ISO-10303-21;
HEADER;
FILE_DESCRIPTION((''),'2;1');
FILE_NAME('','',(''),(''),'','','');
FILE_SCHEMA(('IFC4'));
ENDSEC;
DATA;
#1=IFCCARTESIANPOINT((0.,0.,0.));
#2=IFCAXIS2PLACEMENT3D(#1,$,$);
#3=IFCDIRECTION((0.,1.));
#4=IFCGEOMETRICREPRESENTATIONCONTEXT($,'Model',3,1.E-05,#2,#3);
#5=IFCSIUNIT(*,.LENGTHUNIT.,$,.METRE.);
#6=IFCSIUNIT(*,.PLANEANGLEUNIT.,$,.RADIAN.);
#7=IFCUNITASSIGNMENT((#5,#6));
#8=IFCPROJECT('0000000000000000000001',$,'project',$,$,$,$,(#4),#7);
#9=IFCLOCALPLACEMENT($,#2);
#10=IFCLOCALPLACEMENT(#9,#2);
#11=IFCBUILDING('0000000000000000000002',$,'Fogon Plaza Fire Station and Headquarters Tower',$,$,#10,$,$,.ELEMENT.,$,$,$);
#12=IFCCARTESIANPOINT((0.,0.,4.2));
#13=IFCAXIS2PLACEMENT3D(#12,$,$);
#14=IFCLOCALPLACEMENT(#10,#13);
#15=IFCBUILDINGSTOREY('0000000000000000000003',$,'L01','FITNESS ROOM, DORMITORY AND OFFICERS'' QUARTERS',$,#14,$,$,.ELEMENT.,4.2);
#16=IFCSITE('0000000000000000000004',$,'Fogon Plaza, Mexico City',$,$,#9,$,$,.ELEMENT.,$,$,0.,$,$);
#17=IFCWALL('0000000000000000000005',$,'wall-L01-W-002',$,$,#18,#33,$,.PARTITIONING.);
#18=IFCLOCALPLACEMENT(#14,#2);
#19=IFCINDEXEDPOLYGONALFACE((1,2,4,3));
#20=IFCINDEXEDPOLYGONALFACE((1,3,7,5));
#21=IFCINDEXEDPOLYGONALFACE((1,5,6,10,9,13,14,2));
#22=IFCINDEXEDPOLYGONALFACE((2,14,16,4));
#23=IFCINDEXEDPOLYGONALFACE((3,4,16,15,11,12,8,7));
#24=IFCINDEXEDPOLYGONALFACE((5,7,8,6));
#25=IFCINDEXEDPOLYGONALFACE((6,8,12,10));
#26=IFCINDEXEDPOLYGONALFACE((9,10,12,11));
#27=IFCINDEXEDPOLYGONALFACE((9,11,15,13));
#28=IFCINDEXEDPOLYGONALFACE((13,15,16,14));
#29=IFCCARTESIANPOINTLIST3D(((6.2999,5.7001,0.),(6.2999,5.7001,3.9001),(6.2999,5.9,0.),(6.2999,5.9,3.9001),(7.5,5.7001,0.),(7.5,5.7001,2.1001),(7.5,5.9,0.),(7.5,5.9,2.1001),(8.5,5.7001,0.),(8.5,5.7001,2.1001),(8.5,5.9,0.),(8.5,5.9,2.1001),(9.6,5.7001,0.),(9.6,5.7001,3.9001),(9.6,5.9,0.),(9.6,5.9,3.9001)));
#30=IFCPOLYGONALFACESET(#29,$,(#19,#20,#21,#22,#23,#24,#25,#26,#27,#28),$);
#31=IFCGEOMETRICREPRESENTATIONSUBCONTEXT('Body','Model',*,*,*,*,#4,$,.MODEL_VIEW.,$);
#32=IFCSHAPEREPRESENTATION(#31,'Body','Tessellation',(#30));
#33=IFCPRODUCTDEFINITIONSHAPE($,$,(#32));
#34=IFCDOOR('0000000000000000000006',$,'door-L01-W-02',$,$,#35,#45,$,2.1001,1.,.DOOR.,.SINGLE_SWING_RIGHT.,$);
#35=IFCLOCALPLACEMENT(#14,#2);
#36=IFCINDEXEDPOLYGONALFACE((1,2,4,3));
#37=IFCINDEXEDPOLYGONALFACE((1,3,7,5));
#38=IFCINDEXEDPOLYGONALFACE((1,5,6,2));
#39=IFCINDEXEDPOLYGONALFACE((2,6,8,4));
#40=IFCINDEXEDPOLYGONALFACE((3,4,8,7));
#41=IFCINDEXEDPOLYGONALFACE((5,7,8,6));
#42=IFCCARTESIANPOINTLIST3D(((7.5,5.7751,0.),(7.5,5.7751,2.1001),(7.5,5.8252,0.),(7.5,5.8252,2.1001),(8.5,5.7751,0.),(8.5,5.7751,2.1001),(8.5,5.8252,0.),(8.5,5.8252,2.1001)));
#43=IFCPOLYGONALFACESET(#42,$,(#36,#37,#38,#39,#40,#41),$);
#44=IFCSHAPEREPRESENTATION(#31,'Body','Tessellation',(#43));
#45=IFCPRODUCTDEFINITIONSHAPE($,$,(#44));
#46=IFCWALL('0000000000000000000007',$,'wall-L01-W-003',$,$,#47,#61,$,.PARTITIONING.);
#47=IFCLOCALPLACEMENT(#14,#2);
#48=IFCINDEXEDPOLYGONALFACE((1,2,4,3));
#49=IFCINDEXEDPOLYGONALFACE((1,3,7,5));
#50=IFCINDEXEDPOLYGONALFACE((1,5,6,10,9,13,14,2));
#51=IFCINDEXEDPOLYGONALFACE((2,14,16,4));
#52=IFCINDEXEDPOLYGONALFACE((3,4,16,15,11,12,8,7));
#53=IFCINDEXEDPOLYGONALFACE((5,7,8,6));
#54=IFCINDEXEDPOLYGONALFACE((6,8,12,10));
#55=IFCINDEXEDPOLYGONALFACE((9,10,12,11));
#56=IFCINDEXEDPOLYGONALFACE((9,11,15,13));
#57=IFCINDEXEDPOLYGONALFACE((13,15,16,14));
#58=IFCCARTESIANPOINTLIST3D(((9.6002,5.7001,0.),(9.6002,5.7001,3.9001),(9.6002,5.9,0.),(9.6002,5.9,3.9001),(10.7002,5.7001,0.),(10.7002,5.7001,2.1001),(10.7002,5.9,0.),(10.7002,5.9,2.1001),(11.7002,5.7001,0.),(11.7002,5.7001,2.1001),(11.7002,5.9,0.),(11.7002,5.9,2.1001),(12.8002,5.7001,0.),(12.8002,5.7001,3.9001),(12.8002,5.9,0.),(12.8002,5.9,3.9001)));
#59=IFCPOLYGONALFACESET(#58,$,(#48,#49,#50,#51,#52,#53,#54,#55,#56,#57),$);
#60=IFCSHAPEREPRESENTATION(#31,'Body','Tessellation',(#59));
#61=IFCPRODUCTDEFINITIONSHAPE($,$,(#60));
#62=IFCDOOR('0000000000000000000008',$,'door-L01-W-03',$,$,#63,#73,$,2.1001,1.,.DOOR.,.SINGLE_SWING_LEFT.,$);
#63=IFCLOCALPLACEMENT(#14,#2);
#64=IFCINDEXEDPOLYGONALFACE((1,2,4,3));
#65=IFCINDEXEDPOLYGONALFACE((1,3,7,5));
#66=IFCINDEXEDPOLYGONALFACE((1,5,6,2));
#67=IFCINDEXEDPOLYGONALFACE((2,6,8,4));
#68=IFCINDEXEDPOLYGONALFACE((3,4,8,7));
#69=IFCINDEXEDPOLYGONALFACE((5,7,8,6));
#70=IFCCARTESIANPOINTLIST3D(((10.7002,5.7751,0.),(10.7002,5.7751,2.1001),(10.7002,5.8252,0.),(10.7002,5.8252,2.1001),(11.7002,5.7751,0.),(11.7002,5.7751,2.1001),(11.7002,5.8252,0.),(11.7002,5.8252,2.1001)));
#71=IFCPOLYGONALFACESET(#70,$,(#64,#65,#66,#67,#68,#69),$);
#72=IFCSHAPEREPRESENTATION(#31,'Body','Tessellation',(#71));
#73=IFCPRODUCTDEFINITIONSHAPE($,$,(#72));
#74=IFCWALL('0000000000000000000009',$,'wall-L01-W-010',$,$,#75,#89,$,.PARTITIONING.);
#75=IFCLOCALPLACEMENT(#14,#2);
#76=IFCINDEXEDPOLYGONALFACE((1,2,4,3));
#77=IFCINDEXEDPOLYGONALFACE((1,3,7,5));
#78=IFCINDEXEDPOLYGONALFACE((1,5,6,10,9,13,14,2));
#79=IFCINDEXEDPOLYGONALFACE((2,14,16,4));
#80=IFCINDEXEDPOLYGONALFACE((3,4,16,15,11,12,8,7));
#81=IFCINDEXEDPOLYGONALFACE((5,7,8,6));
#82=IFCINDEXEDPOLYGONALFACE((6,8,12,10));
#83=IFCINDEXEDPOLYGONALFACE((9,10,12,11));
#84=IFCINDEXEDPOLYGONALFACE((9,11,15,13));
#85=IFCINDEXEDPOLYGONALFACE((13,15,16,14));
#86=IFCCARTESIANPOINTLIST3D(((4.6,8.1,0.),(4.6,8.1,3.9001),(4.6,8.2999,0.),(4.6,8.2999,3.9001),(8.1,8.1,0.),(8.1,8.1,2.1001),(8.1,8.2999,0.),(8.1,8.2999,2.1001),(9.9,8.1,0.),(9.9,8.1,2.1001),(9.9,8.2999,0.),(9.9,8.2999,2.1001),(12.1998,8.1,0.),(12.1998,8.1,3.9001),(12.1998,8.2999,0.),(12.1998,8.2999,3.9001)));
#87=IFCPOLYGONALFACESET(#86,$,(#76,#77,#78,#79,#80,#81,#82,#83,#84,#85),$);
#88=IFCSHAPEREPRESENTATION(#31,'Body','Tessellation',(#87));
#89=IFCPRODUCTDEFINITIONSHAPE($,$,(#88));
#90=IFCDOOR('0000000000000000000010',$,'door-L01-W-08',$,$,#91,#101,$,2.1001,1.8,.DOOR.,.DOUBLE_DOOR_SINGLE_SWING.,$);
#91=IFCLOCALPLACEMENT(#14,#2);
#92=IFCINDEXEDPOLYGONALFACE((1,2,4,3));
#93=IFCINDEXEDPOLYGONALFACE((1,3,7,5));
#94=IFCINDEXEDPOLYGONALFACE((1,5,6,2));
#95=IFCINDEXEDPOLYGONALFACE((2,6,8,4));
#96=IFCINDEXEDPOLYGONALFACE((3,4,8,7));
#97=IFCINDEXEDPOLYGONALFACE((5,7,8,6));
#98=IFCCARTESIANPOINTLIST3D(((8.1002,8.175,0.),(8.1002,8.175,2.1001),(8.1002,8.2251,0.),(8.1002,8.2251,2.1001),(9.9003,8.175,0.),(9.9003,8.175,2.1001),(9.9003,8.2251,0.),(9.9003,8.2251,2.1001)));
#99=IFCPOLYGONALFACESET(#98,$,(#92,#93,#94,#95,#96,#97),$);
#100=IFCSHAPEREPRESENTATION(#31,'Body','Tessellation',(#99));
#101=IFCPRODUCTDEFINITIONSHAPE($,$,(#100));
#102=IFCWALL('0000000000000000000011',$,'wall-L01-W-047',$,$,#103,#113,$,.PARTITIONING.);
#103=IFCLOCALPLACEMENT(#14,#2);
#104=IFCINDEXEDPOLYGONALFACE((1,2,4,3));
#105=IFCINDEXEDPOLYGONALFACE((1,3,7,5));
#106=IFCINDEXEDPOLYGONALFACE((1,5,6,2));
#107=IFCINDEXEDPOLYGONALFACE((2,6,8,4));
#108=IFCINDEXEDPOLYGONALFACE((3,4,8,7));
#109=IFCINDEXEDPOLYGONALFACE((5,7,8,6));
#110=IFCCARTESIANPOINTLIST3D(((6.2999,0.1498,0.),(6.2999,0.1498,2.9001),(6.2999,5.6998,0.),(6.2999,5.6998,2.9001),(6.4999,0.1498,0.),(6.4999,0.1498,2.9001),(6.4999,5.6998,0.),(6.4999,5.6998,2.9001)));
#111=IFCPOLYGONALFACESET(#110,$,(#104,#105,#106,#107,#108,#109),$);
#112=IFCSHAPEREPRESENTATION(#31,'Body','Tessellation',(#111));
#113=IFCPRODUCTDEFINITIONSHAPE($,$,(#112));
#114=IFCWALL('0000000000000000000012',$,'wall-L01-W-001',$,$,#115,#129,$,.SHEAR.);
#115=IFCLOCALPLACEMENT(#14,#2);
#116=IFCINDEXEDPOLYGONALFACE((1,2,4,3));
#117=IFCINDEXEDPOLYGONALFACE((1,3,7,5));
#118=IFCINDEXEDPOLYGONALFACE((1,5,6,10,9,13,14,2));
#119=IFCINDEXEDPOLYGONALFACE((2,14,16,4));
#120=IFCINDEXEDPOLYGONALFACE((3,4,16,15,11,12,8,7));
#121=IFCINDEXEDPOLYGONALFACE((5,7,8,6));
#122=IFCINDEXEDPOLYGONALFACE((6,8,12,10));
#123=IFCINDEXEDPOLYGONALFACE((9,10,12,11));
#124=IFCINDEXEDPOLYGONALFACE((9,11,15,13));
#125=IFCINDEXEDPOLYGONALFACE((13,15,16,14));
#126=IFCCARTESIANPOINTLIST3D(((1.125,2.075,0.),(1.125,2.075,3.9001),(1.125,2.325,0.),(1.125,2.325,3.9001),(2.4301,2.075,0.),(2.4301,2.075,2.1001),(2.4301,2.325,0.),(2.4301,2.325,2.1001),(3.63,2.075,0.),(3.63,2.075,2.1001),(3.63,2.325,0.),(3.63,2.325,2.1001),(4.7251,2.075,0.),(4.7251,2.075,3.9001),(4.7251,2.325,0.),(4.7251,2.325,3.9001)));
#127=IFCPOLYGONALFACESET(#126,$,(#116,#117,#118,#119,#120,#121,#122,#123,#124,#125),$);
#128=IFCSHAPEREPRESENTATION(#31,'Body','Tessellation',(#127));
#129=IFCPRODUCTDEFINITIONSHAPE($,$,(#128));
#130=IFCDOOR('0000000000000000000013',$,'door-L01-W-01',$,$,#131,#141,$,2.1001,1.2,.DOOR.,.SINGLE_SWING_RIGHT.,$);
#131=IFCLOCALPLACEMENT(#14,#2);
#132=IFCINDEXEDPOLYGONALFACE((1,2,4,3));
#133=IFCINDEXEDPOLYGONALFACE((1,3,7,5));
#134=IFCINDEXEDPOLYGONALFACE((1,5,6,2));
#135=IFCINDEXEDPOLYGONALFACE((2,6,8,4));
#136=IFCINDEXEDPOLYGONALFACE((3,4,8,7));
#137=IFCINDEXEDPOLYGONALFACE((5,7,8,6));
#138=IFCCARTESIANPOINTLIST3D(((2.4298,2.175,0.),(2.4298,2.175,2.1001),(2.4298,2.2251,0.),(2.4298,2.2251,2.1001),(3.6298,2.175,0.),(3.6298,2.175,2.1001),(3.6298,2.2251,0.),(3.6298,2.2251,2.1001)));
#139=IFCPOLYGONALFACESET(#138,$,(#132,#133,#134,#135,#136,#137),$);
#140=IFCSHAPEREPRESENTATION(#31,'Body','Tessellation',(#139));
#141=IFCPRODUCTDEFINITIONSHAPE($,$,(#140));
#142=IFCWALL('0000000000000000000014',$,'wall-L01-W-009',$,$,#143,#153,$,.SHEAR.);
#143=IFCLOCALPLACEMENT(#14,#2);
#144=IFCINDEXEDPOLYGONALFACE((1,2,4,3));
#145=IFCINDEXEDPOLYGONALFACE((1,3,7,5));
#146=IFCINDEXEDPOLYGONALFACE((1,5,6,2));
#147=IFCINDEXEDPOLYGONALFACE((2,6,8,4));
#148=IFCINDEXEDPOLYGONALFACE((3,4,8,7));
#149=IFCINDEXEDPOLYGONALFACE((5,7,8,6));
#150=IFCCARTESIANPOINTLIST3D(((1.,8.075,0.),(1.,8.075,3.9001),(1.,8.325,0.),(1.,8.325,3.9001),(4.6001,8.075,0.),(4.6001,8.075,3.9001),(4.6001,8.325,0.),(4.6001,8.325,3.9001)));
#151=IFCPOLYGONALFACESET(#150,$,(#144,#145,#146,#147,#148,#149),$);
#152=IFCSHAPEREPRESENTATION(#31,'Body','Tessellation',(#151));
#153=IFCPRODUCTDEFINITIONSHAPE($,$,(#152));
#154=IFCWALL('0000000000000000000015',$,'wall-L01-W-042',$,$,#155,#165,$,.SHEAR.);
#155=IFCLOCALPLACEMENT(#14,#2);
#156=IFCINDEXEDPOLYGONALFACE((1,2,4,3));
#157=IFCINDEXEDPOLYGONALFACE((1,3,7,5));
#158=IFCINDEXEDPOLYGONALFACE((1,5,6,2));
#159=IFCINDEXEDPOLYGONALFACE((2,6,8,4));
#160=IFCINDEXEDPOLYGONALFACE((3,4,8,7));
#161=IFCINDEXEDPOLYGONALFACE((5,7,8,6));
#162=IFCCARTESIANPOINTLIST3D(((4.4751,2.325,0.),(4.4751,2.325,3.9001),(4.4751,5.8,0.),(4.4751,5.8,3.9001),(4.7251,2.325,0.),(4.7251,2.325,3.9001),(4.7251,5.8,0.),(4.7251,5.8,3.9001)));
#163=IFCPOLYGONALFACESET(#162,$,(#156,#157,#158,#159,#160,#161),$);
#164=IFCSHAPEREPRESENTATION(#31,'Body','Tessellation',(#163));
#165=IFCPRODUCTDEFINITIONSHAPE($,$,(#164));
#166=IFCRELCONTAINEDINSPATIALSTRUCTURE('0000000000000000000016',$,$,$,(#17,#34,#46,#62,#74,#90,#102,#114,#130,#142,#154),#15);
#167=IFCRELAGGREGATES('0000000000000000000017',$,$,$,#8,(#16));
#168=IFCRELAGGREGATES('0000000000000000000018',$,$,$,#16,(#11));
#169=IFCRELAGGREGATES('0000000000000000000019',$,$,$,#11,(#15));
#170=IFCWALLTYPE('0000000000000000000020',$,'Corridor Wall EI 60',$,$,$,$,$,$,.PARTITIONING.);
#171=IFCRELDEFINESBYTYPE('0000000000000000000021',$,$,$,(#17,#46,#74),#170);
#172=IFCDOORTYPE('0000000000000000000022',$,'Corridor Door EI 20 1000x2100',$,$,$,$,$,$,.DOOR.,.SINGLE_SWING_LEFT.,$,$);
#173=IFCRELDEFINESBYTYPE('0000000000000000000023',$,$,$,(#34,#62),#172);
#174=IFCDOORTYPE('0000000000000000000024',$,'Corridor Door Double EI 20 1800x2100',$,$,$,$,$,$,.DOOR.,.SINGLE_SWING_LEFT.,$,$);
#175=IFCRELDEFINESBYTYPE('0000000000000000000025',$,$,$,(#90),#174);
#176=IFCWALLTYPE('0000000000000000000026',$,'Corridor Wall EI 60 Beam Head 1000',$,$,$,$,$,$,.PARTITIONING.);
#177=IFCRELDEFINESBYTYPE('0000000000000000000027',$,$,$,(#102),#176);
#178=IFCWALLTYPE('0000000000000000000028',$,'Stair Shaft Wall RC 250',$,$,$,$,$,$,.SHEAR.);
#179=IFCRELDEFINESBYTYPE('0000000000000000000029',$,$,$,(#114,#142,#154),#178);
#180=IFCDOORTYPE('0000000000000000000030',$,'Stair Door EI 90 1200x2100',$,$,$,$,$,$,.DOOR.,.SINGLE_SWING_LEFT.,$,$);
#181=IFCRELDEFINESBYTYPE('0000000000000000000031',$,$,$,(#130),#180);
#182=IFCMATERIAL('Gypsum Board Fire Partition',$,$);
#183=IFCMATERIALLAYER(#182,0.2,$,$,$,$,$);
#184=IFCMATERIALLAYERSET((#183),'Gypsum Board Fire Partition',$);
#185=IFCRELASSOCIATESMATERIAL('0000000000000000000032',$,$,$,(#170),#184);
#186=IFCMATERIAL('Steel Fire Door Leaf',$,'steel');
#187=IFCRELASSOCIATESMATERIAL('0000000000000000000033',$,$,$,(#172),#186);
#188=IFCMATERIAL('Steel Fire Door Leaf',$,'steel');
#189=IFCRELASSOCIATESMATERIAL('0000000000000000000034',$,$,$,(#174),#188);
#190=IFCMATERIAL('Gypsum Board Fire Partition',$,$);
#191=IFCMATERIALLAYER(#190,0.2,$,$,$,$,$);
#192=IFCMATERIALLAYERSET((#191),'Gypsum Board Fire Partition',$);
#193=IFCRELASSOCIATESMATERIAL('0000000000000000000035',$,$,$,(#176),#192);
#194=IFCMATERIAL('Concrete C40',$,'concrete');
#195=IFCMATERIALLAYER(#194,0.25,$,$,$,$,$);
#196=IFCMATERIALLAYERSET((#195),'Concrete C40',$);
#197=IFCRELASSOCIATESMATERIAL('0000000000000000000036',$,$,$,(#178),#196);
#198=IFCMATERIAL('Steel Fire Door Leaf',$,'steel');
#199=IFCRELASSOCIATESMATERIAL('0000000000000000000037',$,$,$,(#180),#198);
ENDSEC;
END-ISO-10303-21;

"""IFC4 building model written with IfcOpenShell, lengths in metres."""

from ifc_helpers import new_model, si_unit, direction, frame, frame_2d, origin, place, context, subcontext, project, spatial, rectangle, extrude, material, layer, layer_set, type_object, element, fill, save


model = new_model("IFC4")

# Units and contexts
model_context = context("Model", 3, precision=1e-05, world=origin(), true_north=direction((0.0, 1.0)))
body_context = subcontext(model_context, "Body", "Model", "MODEL_VIEW")
ifc_project = project(units=[si_unit("LENGTHUNIT", "METRE"), si_unit("PLANEANGLEUNIT", "RADIAN")], contexts=[model_context])

# Site, building, storey
site_placement = place(None, origin())
site = spatial("IfcSite", under=ifc_project, at=site_placement, Name="Fogon Plaza, Mexico City", CompositionType="ELEMENT", RefElevation=0.0)
building_placement = place(site_placement, origin())
building = spatial("IfcBuilding", under=site, at=building_placement, Name="Fogon Plaza Fire Station and Headquarters Tower", CompositionType="ELEMENT")
storey_placement = place(building_placement, frame((0.0, 0.0, 4.2)))
storey = spatial("IfcBuildingStorey", under=building, at=storey_placement, Name="L01", Description="FITNESS ROOM, DORMITORY AND OFFICERS' QUARTERS", CompositionType="ELEMENT", Elevation=4.2)

# Walls, openings, doors
ifc_material_1 = material(Name="Gypsum Board Fire Partition")
ifc_layer_1 = layer(ifc_material_1, 0.2)
ifc_layer_set_1 = layer_set([ifc_layer_1], Name="Gypsum Board Fire Partition")
wall_type_1 = type_object("IfcWallType", Name="Corridor Wall EI 60", PredefinedType="PARTITIONING", material=ifc_layer_set_1)
wall_1_placement = place(storey_placement, frame((6.3, 5.8, 0.0), z_axis=(0.0, 0.0, 1.0), x_axis=(1.0, 0.0, 0.0)))
wall_1 = element("IfcWall", 1, at=wall_1_placement, inside=storey, type_object=wall_type_1, Name="wall-L01-W-002", PredefinedType="PARTITIONING", context=body_context, shape_type="SweptSolid", body=[
    extrude(rectangle(XDim=3.3, YDim=0.2, at=frame_2d((1.6499, 0.0))), origin(), (0.0, 0.0, 1.0), 3.9001),
])
opening_1_placement = place(wall_1_placement, frame((1.2, 0.0, 0.0)))
opening_1 = element("IfcOpeningElement", 2, at=opening_1_placement, cuts=wall_1, PredefinedType="OPENING", context=body_context, shape_type="SweptSolid", body=[
    extrude(rectangle(XDim=1.0, YDim=2.1001, at=frame_2d((0.5, 1.05))), frame((0.0, 0.1099, 0.0), z_axis=(0.0, -1.0, 0.0), x_axis=(1.0, 0.0, 0.0)), (0.0, 0.0, 1.0), 0.22),
])
ifc_material_2 = material(Name="Steel Fire Door Leaf", Category="steel")
door_type_1 = type_object("IfcDoorType", Name="Corridor Door EI 20 1000x2100", OperationType="SINGLE_SWING_LEFT", PredefinedType="DOOR", material=ifc_material_2)
door_1_placement = place(opening_1_placement, frame((1.0, 0.0, 0.0), z_axis=(0.0, 0.0, 1.0), x_axis=(-1.0, 0.0, 0.0)))
door_1 = element("IfcDoor", 3, at=door_1_placement, inside=storey, type_object=door_type_1, Name="door-L01-W-02", OperationType="SINGLE_SWING_RIGHT", OverallHeight=2.1001, OverallWidth=1.0, PredefinedType="DOOR", context=body_context, shape_type="SweptSolid", body=[
    extrude(rectangle(XDim=1.0, YDim=2.1001, at=frame_2d((0.5, 1.05))), frame((0.0, 0.0249, 0.0), z_axis=(0.0, -1.0, 0.0), x_axis=(1.0, 0.0, 0.0)), (0.0, 0.0, 1.0), 0.05),
])
fill(opening_1, door_1)
wall_2_placement = place(storey_placement, frame((9.6001, 5.8, 0.0), z_axis=(0.0, 0.0, 1.0), x_axis=(1.0, 0.0, 0.0)))
wall_2 = element("IfcWall", 4, at=wall_2_placement, inside=storey, type_object=wall_type_1, Name="wall-L01-W-003", PredefinedType="PARTITIONING", context=body_context, shape_type="SweptSolid", body=[
    extrude(rectangle(XDim=3.2, YDim=0.2, at=frame_2d((1.6001, 0.0))), origin(), (0.0, 0.0, 1.0), 3.9001),
])
opening_2_placement = place(wall_2_placement, frame((1.1001, 0.0, 0.0)))
opening_2 = element("IfcOpeningElement", 5, at=opening_2_placement, cuts=wall_2, PredefinedType="OPENING", context=body_context, shape_type="SweptSolid", body=[
    extrude(rectangle(XDim=1.0, YDim=2.1001, at=frame_2d((0.5, 1.05))), frame((0.0, 0.1099, 0.0), z_axis=(0.0, -1.0, 0.0), x_axis=(1.0, 0.0, 0.0)), (0.0, 0.0, 1.0), 0.22),
])
door_2_placement = place(opening_2_placement, frame((1.0, 0.0, 0.0), z_axis=(0.0, 0.0, 1.0), x_axis=(-1.0, 0.0, 0.0)))
door_2 = element("IfcDoor", 6, at=door_2_placement, inside=storey, type_object=door_type_1, Name="door-L01-W-03", OperationType="SINGLE_SWING_LEFT", OverallHeight=2.1001, OverallWidth=1.0, PredefinedType="DOOR", context=body_context, shape_type="SweptSolid", body=[
    extrude(rectangle(XDim=1.0, YDim=2.1001, at=frame_2d((0.5, 1.05))), frame((0.0, 0.0249, 0.0), z_axis=(0.0, -1.0, 0.0), x_axis=(1.0, 0.0, 0.0)), (0.0, 0.0, 1.0), 0.05),
])
fill(opening_2, door_2)
wall_3_placement = place(storey_placement, frame((4.6001, 8.2, 0.0), z_axis=(0.0, 0.0, 1.0), x_axis=(1.0, 0.0, 0.0)))
wall_3 = element("IfcWall", 7, at=wall_3_placement, inside=storey, type_object=wall_type_1, Name="wall-L01-W-010", PredefinedType="PARTITIONING", context=body_context, shape_type="SweptSolid", body=[
    extrude(rectangle(XDim=7.5999, YDim=0.2, at=frame_2d((3.7998, 0.0))), origin(), (0.0, 0.0, 1.0), 3.9001),
])
opening_3_placement = place(wall_3_placement, frame((3.5, 0.0, 0.0)))
opening_3 = element("IfcOpeningElement", 8, at=opening_3_placement, cuts=wall_3, PredefinedType="OPENING", context=body_context, shape_type="SweptSolid", body=[
    extrude(rectangle(XDim=1.8, YDim=2.1001, at=frame_2d((0.8999, 1.05))), frame((0.0, 0.1099, 0.0), z_axis=(0.0, -1.0, 0.0), x_axis=(1.0, 0.0, 0.0)), (0.0, 0.0, 1.0), 0.22),
])
ifc_material_3 = material(Name="Steel Fire Door Leaf", Category="steel")
door_type_2 = type_object("IfcDoorType", Name="Corridor Door Double EI 20 1800x2100", OperationType="SINGLE_SWING_LEFT", PredefinedType="DOOR", material=ifc_material_3)
door_3_placement = place(opening_3_placement, frame((1.8, 0.0, 0.0), z_axis=(0.0, 0.0, 1.0), x_axis=(-1.0, 0.0, 0.0)))
door_3 = element("IfcDoor", 9, at=door_3_placement, inside=storey, type_object=door_type_2, Name="door-L01-W-08", OperationType="DOUBLE_DOOR_SINGLE_SWING", OverallHeight=2.1001, OverallWidth=1.8, PredefinedType="DOOR", context=body_context, shape_type="SweptSolid", body=[
    extrude(rectangle(XDim=1.8, YDim=2.1001, at=frame_2d((0.8999, 1.05))), frame((0.0, 0.0249, 0.0), z_axis=(0.0, -1.0, 0.0), x_axis=(1.0, 0.0, 0.0)), (0.0, 0.0, 1.0), 0.05),
])
fill(opening_3, door_3)

# Wall
ifc_material_4 = material(Name="Gypsum Board Fire Partition")
ifc_layer_2 = layer(ifc_material_4, 0.2)
ifc_layer_set_2 = layer_set([ifc_layer_2], Name="Gypsum Board Fire Partition")
wall_type_2 = type_object("IfcWallType", Name="Corridor Wall EI 60 Beam Head 1000", PredefinedType="PARTITIONING", material=ifc_layer_set_2)
wall_4_placement = place(storey_placement, frame((6.3999, 0.1499, 0.0), z_axis=(0.0, 0.0, 1.0), x_axis=(0.0, 1.0, 0.0)))
element("IfcWall", 10, at=wall_4_placement, inside=storey, type_object=wall_type_2, Name="wall-L01-W-047", PredefinedType="PARTITIONING", context=body_context, shape_type="SweptSolid", body=[
    extrude(rectangle(XDim=5.55, YDim=0.2, at=frame_2d((2.7749, 0.0))), origin(), (0.0, 0.0, 1.0), 2.9001),
])

# Wall, opening, door
ifc_material_5 = material(Name="Concrete C40", Category="concrete")
ifc_layer_3 = layer(ifc_material_5, 0.25)
ifc_layer_set_3 = layer_set([ifc_layer_3], Name="Concrete C40")
wall_type_3 = type_object("IfcWallType", Name="Stair Shaft Wall RC 250", PredefinedType="SHEAR", material=ifc_layer_set_3)
wall_5_placement = place(storey_placement, frame((1.125, 2.2, 0.0), z_axis=(0.0, 0.0, 1.0), x_axis=(1.0, 0.0, 0.0)))
wall_5 = element("IfcWall", 11, at=wall_5_placement, inside=storey, type_object=wall_type_3, Name="wall-L01-W-001", PredefinedType="SHEAR", context=body_context, shape_type="SweptSolid", body=[
    extrude(rectangle(XDim=3.6001, YDim=0.25, at=frame_2d((1.8, 0.0))), origin(), (0.0, 0.0, 1.0), 3.9001),
])
opening_4_placement = place(wall_5_placement, frame((1.3049, 0.0, 0.0)))
opening_4 = element("IfcOpeningElement", 12, at=opening_4_placement, cuts=wall_5, PredefinedType="OPENING", context=body_context, shape_type="SweptSolid", body=[
    extrude(rectangle(XDim=1.2, YDim=2.1001, at=frame_2d((0.6001, 1.05))), frame((0.0, 0.135, 0.0), z_axis=(0.0, -1.0, 0.0), x_axis=(1.0, 0.0, 0.0)), (0.0, 0.0, 1.0), 0.27),
])
ifc_material_6 = material(Name="Steel Fire Door Leaf", Category="steel")
door_type_3 = type_object("IfcDoorType", Name="Stair Door EI 90 1200x2100", OperationType="SINGLE_SWING_LEFT", PredefinedType="DOOR", material=ifc_material_6)
door_4_placement = place(opening_4_placement, frame((1.2, 0.0, 0.0), z_axis=(0.0, 0.0, 1.0), x_axis=(-1.0, 0.0, 0.0)))
door_4 = element("IfcDoor", 13, at=door_4_placement, inside=storey, type_object=door_type_3, Name="door-L01-W-01", OperationType="SINGLE_SWING_RIGHT", OverallHeight=2.1001, OverallWidth=1.2, PredefinedType="DOOR", context=body_context, shape_type="SweptSolid", body=[
    extrude(rectangle(XDim=1.2, YDim=2.1001, at=frame_2d((0.6001, 1.05))), frame((0.0, 0.0249, 0.0), z_axis=(0.0, -1.0, 0.0), x_axis=(1.0, 0.0, 0.0)), (0.0, 0.0, 1.0), 0.05),
])
fill(opening_4, door_4)

# Walls
wall_6_placement = place(storey_placement, frame((1.0, 8.2, 0.0), z_axis=(0.0, 0.0, 1.0), x_axis=(1.0, 0.0, 0.0)))
element("IfcWall", 14, at=wall_6_placement, inside=storey, type_object=wall_type_3, Name="wall-L01-W-009", PredefinedType="SHEAR", context=body_context, shape_type="SweptSolid", body=[
    extrude(rectangle(XDim=3.6001, YDim=0.25, at=frame_2d((1.8, 0.0))), origin(), (0.0, 0.0, 1.0), 3.9001),
])
wall_7_placement = place(storey_placement, frame((4.6001, 2.325, 0.0), z_axis=(0.0, 0.0, 1.0), x_axis=(0.0, 1.0, 0.0)))
element("IfcWall", 15, at=wall_7_placement, inside=storey, type_object=wall_type_3, Name="wall-L01-W-042", PredefinedType="SHEAR", context=body_context, shape_type="SweptSolid", body=[
    extrude(rectangle(XDim=3.4751, YDim=0.25, at=frame_2d((1.7375, 0.0))), origin(), (0.0, 0.0, 1.0), 3.9001),
])

save(model, "model.ifc")
